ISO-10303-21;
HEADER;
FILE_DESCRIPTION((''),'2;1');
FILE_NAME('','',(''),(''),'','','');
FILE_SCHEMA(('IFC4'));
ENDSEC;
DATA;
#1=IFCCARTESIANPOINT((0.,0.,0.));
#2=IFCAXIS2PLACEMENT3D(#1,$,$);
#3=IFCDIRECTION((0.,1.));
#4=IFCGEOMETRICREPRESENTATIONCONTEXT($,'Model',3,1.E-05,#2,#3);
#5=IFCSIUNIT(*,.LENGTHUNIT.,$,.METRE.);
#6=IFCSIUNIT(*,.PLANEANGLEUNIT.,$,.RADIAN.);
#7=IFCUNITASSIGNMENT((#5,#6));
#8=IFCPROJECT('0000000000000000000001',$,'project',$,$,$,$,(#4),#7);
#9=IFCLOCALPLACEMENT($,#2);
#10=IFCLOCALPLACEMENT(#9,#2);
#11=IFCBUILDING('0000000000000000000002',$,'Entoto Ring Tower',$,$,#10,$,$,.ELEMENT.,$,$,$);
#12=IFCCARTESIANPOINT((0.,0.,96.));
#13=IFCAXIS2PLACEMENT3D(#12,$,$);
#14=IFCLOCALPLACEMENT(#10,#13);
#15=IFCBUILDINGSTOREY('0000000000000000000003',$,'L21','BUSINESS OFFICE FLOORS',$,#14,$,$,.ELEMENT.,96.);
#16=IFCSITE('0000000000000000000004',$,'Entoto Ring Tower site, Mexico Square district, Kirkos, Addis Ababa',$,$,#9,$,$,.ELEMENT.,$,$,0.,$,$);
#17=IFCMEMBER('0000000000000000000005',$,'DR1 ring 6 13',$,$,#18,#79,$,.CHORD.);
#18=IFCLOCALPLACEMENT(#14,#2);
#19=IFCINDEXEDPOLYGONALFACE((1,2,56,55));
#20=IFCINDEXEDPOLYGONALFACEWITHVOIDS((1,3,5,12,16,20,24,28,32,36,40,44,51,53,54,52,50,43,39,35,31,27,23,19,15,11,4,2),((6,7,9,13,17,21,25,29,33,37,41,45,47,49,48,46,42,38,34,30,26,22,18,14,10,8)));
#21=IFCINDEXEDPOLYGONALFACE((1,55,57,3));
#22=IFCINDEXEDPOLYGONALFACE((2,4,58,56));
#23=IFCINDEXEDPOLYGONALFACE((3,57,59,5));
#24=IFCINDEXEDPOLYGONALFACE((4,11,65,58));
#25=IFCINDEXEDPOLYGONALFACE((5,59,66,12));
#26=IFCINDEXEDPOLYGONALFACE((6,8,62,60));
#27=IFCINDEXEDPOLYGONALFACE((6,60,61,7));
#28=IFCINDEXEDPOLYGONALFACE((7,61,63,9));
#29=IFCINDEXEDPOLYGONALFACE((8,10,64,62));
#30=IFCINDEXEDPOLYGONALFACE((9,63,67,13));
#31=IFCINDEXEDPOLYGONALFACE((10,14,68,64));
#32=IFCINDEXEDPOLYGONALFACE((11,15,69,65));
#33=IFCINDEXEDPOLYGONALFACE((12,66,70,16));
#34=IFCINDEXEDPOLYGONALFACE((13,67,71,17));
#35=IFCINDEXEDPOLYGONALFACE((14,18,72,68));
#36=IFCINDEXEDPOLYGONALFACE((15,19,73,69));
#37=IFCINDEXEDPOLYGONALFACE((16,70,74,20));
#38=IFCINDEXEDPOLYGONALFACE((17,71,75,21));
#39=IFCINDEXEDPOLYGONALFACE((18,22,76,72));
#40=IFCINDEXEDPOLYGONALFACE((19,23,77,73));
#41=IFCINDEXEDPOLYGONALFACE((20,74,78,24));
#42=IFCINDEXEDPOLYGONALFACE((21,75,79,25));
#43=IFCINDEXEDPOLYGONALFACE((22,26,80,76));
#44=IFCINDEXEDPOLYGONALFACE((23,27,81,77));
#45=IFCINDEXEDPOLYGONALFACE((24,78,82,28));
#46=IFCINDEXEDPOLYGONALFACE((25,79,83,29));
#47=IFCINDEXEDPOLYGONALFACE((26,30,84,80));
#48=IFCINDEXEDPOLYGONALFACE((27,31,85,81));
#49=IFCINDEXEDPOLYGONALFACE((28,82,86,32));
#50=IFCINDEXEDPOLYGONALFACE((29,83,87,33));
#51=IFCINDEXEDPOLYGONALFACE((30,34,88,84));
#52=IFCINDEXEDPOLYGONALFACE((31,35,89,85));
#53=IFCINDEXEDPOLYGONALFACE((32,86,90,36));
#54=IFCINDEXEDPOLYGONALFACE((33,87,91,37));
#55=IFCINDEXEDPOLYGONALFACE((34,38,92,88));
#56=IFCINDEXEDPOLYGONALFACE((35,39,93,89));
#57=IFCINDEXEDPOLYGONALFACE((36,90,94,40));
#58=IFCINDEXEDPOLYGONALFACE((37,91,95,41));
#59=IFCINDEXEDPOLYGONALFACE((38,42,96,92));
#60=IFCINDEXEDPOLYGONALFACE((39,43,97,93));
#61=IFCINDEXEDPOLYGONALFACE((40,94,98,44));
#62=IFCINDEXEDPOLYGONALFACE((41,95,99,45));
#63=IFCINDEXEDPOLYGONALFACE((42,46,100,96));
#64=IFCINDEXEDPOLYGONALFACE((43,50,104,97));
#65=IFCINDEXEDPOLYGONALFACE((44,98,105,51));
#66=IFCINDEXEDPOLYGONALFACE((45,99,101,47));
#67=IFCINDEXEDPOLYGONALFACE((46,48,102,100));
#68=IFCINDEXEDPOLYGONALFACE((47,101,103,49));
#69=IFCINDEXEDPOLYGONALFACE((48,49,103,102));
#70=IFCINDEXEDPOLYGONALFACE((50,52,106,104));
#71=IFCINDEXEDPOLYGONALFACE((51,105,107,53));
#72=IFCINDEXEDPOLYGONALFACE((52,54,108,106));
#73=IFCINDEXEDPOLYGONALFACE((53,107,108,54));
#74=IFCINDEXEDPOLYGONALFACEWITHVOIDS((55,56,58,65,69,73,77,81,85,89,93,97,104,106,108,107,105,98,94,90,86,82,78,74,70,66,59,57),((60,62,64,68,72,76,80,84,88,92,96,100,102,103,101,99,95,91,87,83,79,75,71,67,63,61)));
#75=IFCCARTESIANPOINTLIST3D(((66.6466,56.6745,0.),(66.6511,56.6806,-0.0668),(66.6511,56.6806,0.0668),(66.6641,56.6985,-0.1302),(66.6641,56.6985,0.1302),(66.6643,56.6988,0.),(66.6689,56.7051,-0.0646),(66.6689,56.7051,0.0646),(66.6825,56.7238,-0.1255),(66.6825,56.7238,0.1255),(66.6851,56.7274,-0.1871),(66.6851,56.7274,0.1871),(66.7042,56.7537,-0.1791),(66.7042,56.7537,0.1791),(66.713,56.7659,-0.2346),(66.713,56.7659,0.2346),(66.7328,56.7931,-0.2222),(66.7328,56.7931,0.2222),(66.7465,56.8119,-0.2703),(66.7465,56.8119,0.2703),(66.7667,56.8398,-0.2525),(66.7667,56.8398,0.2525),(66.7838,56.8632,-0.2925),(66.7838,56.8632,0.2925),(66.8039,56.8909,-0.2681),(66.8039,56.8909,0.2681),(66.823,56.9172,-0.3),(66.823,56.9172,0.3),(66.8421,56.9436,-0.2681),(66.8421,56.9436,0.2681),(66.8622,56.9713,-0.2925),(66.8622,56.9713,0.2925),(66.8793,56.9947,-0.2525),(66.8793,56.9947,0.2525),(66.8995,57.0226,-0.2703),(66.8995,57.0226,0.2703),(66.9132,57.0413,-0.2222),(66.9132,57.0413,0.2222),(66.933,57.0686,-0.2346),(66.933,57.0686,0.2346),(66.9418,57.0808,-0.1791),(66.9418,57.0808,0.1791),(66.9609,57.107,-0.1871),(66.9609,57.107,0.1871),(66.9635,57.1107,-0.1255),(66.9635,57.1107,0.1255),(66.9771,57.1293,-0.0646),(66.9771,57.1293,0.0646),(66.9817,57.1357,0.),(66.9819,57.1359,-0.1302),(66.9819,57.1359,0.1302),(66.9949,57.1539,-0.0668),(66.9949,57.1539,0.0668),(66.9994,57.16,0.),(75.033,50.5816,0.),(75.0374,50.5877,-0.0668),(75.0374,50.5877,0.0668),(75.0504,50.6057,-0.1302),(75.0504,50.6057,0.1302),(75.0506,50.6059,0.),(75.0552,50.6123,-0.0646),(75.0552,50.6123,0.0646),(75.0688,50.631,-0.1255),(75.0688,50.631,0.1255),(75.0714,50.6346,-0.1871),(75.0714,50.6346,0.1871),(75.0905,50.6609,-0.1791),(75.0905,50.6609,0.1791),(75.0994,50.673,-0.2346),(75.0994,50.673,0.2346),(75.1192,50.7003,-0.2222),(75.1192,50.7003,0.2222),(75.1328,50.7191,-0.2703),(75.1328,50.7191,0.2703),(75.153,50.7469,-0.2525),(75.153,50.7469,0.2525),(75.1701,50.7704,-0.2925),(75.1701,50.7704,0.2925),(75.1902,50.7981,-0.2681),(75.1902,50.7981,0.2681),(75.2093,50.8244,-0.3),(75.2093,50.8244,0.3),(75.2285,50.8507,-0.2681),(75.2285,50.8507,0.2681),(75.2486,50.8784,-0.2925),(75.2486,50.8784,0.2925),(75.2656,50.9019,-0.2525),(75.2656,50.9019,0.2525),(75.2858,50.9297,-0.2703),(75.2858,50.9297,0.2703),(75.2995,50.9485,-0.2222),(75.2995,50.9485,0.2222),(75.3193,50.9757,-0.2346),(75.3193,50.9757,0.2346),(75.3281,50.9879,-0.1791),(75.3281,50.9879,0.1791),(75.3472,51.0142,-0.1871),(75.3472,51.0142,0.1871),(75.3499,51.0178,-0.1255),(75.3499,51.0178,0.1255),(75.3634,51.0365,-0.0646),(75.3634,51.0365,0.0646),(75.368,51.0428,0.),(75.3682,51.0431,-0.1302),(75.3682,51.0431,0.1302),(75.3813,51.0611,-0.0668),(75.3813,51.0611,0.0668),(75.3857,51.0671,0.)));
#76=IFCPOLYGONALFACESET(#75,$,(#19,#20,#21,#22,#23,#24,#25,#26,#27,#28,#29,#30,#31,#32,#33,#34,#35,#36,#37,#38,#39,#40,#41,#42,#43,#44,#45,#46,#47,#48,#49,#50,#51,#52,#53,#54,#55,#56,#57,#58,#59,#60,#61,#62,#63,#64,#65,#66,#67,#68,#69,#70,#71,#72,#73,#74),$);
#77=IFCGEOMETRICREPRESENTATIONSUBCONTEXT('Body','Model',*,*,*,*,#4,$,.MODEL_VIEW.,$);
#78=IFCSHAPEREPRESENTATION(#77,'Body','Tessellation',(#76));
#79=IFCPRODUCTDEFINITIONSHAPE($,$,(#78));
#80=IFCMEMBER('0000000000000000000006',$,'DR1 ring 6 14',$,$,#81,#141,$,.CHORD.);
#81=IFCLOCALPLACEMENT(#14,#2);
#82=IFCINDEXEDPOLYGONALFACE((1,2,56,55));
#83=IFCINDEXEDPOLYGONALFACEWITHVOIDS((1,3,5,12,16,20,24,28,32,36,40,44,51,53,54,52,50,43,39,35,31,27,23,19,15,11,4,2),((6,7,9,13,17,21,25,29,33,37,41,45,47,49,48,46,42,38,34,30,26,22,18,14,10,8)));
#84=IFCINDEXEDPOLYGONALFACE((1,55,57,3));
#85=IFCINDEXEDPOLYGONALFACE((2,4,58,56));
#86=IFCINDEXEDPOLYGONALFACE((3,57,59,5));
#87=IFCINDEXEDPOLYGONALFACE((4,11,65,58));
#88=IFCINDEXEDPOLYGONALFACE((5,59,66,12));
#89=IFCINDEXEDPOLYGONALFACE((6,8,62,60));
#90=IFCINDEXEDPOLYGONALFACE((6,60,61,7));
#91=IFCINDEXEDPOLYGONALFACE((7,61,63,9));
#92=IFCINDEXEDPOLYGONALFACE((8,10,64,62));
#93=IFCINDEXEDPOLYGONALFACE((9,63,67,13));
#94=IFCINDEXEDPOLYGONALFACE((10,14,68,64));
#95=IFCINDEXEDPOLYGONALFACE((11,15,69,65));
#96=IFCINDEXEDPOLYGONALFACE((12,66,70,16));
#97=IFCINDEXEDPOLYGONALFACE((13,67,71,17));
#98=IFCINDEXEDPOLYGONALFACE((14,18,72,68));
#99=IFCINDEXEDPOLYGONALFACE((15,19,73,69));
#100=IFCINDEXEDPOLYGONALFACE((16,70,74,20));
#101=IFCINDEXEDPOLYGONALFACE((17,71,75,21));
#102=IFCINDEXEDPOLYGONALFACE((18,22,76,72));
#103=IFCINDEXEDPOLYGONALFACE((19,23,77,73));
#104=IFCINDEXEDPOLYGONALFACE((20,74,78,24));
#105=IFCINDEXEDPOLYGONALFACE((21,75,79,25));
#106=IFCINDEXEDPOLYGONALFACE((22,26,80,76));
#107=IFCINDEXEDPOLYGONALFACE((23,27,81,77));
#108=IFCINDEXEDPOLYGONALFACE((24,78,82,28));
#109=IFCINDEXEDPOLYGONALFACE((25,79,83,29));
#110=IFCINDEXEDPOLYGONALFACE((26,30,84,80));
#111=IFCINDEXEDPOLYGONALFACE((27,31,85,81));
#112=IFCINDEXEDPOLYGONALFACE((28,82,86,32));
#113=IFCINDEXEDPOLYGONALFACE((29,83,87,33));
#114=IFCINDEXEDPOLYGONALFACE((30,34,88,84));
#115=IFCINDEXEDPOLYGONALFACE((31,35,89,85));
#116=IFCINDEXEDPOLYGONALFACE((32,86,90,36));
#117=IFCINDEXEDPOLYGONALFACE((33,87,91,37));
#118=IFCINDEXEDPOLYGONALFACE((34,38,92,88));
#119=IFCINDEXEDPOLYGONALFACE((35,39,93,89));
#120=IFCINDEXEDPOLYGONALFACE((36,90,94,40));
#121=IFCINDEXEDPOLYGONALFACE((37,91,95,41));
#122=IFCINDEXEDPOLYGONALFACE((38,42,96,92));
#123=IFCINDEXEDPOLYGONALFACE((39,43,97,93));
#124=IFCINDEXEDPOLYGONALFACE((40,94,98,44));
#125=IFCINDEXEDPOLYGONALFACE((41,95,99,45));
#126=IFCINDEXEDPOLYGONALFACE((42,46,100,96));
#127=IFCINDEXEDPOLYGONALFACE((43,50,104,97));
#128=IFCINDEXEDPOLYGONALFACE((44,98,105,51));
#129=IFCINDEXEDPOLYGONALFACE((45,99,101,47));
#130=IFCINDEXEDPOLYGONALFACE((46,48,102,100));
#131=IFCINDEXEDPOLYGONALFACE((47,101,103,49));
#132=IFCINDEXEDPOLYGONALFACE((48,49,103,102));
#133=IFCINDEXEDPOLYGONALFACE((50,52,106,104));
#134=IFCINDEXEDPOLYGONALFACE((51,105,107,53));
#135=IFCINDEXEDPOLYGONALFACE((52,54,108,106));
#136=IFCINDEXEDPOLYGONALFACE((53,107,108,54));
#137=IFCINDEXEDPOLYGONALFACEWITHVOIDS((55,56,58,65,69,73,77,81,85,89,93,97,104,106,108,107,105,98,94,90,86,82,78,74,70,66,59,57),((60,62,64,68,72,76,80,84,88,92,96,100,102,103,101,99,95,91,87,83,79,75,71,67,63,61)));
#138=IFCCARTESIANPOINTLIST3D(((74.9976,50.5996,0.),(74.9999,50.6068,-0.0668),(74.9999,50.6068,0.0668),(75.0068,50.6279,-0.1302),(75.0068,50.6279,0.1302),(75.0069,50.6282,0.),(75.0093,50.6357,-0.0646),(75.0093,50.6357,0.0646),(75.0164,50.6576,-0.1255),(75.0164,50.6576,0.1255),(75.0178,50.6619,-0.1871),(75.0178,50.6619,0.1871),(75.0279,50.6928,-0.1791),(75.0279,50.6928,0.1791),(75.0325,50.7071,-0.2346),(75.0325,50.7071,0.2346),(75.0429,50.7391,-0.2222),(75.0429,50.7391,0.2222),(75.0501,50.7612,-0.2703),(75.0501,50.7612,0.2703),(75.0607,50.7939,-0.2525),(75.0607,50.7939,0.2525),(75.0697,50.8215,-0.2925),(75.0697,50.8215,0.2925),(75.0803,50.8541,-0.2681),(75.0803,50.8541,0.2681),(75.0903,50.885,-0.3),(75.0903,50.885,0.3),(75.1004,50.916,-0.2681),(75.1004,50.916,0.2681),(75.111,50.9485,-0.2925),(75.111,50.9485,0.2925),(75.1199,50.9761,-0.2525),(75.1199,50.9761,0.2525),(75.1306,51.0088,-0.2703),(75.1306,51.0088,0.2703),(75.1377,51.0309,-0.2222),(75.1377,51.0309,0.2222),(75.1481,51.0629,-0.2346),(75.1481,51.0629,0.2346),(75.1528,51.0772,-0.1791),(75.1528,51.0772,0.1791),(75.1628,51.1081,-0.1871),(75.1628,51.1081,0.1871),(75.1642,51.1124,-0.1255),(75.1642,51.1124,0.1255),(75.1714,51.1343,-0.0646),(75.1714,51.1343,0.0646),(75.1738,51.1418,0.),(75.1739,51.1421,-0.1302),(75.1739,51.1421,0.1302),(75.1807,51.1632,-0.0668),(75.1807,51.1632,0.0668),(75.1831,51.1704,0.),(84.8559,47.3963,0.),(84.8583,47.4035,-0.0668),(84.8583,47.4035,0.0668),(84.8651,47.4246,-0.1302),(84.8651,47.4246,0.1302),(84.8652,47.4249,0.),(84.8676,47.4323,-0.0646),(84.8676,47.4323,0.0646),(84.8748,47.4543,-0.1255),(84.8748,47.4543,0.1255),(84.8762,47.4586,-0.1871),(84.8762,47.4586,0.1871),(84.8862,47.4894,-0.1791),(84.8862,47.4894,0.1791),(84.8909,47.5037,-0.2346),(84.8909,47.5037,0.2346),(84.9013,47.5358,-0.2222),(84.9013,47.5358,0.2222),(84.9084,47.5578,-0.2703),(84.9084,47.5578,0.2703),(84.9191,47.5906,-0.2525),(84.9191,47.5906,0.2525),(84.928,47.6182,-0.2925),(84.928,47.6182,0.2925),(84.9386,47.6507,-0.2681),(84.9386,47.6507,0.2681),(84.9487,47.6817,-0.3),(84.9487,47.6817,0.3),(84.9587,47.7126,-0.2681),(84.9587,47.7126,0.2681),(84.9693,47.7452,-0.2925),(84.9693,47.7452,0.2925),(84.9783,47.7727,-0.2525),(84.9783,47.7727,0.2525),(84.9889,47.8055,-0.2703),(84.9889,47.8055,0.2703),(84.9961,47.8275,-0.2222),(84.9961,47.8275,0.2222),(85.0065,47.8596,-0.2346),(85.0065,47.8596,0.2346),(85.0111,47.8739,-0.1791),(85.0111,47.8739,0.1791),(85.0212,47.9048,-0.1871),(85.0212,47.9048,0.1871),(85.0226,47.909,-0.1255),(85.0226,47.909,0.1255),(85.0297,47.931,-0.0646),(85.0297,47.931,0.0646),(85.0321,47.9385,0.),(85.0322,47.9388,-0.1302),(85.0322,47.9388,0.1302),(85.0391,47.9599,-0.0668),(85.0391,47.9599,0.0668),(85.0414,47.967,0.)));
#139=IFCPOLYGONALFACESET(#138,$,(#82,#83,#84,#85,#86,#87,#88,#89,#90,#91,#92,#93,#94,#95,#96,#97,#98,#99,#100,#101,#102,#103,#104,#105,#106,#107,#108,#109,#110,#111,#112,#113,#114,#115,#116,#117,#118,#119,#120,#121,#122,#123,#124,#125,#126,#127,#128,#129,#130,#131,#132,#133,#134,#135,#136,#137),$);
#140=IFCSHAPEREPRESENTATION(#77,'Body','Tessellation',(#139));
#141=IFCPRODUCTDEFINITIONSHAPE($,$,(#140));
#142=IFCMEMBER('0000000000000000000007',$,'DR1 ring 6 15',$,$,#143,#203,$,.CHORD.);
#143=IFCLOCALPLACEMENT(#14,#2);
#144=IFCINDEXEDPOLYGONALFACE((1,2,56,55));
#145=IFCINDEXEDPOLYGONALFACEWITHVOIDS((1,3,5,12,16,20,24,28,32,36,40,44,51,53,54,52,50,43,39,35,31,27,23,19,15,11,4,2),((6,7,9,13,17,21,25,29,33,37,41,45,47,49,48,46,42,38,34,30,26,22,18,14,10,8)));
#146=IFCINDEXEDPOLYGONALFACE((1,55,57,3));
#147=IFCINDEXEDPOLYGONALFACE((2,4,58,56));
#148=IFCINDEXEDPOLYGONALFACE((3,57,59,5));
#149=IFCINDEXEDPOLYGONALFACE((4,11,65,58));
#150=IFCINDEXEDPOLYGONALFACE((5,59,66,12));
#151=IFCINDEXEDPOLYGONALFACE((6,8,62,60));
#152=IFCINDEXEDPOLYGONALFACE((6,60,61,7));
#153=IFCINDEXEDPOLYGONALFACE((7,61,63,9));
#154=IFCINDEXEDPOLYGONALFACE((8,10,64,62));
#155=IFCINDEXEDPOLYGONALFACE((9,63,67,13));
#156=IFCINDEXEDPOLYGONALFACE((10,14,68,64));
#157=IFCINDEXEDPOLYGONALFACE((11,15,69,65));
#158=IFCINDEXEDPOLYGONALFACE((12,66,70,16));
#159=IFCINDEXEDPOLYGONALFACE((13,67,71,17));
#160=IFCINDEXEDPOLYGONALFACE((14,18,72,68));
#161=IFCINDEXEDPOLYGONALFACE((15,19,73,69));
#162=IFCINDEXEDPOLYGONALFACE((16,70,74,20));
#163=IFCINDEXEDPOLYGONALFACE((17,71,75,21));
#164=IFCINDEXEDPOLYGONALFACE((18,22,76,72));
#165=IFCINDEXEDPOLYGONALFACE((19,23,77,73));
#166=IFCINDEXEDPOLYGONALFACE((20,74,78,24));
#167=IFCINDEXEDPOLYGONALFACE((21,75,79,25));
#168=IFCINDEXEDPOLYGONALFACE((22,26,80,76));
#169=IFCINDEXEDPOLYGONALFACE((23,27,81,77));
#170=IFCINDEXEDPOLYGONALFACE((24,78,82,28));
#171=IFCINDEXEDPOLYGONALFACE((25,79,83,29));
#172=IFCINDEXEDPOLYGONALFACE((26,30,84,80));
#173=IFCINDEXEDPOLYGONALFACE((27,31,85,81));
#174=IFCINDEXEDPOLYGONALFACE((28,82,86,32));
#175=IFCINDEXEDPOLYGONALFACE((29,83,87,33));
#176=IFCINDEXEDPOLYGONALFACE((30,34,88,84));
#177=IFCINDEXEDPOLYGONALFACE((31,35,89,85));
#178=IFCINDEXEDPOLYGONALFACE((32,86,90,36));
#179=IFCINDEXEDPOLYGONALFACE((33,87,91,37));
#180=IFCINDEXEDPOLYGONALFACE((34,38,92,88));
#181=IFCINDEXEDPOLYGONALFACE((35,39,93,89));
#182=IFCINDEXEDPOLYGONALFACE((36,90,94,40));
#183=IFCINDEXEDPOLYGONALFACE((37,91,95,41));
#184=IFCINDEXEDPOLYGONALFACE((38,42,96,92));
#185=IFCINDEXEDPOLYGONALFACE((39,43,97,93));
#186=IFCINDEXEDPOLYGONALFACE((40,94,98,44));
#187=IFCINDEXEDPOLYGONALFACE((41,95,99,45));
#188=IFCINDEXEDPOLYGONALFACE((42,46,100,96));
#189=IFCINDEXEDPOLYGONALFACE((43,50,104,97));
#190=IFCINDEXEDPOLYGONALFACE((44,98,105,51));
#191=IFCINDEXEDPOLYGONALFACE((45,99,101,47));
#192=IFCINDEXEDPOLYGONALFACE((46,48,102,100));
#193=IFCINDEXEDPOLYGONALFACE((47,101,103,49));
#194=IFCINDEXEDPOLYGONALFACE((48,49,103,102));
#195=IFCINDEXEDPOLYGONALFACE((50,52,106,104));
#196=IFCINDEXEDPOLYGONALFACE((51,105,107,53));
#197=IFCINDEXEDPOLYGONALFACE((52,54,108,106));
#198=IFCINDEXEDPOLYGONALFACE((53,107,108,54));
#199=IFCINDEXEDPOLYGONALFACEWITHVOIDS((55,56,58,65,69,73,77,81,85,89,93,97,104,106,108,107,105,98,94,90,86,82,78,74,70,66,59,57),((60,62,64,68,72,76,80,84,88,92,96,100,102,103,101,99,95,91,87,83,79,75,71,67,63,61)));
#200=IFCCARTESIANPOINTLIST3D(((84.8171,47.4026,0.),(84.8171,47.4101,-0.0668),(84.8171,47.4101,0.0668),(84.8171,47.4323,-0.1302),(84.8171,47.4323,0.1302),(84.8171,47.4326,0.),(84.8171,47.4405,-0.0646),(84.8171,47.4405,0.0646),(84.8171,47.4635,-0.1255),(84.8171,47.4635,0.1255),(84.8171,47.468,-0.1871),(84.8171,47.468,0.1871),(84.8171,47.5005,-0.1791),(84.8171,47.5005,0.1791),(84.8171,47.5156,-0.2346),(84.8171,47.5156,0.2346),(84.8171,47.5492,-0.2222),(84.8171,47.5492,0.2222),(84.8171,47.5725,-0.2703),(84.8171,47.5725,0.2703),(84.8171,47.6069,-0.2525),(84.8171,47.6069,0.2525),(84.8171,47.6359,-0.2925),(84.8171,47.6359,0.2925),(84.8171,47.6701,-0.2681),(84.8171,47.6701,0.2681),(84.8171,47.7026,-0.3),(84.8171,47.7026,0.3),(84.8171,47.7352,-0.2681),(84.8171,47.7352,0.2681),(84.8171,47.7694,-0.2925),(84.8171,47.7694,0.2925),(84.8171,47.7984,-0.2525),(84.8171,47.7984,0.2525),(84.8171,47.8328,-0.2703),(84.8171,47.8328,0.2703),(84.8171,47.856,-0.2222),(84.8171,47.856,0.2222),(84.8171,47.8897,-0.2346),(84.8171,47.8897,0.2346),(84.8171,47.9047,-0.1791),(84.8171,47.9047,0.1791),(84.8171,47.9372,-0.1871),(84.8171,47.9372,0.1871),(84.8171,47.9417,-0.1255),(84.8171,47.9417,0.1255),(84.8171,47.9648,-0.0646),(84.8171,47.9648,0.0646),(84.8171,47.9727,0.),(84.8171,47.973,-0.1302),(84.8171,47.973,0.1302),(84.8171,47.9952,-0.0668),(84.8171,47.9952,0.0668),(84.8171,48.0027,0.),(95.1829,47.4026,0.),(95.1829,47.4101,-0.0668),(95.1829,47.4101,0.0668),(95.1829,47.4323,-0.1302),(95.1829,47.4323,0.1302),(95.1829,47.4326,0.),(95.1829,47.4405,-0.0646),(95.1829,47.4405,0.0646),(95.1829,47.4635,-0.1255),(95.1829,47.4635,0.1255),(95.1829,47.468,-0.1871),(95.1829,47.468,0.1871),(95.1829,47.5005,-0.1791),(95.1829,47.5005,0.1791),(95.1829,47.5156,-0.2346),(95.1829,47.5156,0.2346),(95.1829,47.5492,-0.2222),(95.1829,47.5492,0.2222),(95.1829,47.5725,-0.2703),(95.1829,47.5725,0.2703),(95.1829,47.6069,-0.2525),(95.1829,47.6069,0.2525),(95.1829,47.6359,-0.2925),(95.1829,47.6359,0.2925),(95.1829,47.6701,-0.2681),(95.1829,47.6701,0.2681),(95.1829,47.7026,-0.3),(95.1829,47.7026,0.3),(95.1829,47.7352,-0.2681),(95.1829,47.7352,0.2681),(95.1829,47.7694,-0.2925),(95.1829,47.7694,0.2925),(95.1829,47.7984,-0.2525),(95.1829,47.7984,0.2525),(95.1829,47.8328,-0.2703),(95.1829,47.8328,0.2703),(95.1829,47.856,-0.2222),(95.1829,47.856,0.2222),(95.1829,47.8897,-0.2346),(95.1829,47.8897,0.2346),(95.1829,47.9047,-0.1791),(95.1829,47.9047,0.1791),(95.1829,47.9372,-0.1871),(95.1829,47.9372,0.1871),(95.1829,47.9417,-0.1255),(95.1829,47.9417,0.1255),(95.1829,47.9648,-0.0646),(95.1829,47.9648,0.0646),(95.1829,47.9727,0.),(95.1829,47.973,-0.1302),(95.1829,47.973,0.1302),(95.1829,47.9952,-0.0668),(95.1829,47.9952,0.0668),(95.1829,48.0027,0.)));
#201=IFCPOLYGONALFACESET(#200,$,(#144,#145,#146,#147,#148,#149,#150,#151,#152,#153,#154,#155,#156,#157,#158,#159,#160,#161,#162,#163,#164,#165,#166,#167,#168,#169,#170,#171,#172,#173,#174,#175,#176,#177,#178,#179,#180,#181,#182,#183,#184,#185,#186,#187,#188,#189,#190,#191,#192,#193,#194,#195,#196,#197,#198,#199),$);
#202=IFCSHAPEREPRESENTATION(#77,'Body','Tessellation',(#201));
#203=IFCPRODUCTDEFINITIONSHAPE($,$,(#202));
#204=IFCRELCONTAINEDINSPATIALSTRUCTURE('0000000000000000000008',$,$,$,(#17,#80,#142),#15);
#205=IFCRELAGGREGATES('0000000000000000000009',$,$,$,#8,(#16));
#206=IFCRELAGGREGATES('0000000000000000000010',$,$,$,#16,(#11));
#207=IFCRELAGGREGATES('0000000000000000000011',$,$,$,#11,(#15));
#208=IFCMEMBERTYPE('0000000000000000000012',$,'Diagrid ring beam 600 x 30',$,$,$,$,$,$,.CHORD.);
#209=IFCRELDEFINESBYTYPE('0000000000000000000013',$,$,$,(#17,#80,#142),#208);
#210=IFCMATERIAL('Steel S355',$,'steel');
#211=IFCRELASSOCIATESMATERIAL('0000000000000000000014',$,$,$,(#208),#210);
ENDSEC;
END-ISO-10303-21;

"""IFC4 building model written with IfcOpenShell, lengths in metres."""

from ifc_helpers import new_model, si_unit, direction, frame, origin, origin_2d, place, context, subcontext, project, spatial, circle, hollow_circle, extrude, material, material_profile, profile_set, type_object, element, save


model = new_model("IFC4")

# Units and contexts
model_context = context("Model", 3, precision=1e-05, world=origin(), true_north=direction((0.0, 1.0)))
body_context = subcontext(model_context, "Body", "Model", "MODEL_VIEW")
ifc_project = project(units=[si_unit("LENGTHUNIT", "METRE"), si_unit("PLANEANGLEUNIT", "RADIAN")], contexts=[model_context])

# Site, building, storey
site_placement = place(None, origin())
site = spatial("IfcSite", under=ifc_project, at=site_placement, Name="Entoto Ring Tower site, Mexico Square district, Kirkos, Addis Ababa", CompositionType="ELEMENT", RefElevation=0.0)
building_placement = place(site_placement, origin())
building = spatial("IfcBuilding", under=site, at=building_placement, Name="Entoto Ring Tower", CompositionType="ELEMENT")
storey_placement = place(building_placement, frame((0.0, 0.0, 96.0)))
storey = spatial("IfcBuildingStorey", under=building, at=storey_placement, Name="L21", Description="BUSINESS OFFICE FLOORS", CompositionType="ELEMENT", Elevation=96.0)

# Members
ifc_material_1 = material(Name="Steel S355", Category="steel")
ifc_material_profile_1 = material_profile(ifc_material_1, hollow_circle(Radius=0.3, WallThickness=0.03, at=origin_2d()), Name="CHS 600 x 30")
ifc_material_2 = material(Name="Concrete C60/75", Category="concrete")
ifc_material_profile_2 = material_profile(ifc_material_2, circle(Radius=0.27, at=origin_2d()), Name="Concrete C60/75 infill")
ifc_profile_set_1 = profile_set([ifc_material_profile_1, ifc_material_profile_2], Name="Steel S355")
member_type_1 = type_object("IfcMemberType", Name="Diagrid ring beam 600 x 30", PredefinedType="CHORD", material=ifc_profile_set_1)
member_placement = place(storey_placement, frame((66.823, 56.9172, 0.0), z_axis=(0.809025, -0.587774, 0.0), x_axis=(0.587774, 0.809025, 0.0)))
element("IfcMember", 1, at=member_placement, inside=storey, type_object=member_type_1, Name="DR1 ring 6 13", PredefinedType="CHORD", context=body_context, shape_type="SweptSolid", body=[
    extrude(hollow_circle(Radius=0.3, WallThickness=0.03, at=origin_2d()), origin(), (0.0, 0.0, 1.0), 10.366),
])
for number, where, z_axis, x_axis, name in (
    (2, (75.0903, 50.885, 0.0), (0.951051, -0.309033, 0.0), (0.309033, 0.951051, 0.0), "DR1 ring 6 14"),
    (3, (84.8171, 47.7026, 0.0), (1.0, 0.0, 0.0), (0.0, 1.0, 0.0), "DR1 ring 6 15"),
):
    element("IfcMember", number, at=place(storey_placement, frame(where, z_axis=z_axis, x_axis=x_axis)), inside=storey, type_object=member_type_1, Name=name, PredefinedType="CHORD", context=body_context, shape_type="SweptSolid", body=[
        extrude(hollow_circle(Radius=0.3, WallThickness=0.03, at=origin_2d()), origin(), (0.0, 0.0, 1.0), 10.3657),
    ])

save(model, "model.ifc")
